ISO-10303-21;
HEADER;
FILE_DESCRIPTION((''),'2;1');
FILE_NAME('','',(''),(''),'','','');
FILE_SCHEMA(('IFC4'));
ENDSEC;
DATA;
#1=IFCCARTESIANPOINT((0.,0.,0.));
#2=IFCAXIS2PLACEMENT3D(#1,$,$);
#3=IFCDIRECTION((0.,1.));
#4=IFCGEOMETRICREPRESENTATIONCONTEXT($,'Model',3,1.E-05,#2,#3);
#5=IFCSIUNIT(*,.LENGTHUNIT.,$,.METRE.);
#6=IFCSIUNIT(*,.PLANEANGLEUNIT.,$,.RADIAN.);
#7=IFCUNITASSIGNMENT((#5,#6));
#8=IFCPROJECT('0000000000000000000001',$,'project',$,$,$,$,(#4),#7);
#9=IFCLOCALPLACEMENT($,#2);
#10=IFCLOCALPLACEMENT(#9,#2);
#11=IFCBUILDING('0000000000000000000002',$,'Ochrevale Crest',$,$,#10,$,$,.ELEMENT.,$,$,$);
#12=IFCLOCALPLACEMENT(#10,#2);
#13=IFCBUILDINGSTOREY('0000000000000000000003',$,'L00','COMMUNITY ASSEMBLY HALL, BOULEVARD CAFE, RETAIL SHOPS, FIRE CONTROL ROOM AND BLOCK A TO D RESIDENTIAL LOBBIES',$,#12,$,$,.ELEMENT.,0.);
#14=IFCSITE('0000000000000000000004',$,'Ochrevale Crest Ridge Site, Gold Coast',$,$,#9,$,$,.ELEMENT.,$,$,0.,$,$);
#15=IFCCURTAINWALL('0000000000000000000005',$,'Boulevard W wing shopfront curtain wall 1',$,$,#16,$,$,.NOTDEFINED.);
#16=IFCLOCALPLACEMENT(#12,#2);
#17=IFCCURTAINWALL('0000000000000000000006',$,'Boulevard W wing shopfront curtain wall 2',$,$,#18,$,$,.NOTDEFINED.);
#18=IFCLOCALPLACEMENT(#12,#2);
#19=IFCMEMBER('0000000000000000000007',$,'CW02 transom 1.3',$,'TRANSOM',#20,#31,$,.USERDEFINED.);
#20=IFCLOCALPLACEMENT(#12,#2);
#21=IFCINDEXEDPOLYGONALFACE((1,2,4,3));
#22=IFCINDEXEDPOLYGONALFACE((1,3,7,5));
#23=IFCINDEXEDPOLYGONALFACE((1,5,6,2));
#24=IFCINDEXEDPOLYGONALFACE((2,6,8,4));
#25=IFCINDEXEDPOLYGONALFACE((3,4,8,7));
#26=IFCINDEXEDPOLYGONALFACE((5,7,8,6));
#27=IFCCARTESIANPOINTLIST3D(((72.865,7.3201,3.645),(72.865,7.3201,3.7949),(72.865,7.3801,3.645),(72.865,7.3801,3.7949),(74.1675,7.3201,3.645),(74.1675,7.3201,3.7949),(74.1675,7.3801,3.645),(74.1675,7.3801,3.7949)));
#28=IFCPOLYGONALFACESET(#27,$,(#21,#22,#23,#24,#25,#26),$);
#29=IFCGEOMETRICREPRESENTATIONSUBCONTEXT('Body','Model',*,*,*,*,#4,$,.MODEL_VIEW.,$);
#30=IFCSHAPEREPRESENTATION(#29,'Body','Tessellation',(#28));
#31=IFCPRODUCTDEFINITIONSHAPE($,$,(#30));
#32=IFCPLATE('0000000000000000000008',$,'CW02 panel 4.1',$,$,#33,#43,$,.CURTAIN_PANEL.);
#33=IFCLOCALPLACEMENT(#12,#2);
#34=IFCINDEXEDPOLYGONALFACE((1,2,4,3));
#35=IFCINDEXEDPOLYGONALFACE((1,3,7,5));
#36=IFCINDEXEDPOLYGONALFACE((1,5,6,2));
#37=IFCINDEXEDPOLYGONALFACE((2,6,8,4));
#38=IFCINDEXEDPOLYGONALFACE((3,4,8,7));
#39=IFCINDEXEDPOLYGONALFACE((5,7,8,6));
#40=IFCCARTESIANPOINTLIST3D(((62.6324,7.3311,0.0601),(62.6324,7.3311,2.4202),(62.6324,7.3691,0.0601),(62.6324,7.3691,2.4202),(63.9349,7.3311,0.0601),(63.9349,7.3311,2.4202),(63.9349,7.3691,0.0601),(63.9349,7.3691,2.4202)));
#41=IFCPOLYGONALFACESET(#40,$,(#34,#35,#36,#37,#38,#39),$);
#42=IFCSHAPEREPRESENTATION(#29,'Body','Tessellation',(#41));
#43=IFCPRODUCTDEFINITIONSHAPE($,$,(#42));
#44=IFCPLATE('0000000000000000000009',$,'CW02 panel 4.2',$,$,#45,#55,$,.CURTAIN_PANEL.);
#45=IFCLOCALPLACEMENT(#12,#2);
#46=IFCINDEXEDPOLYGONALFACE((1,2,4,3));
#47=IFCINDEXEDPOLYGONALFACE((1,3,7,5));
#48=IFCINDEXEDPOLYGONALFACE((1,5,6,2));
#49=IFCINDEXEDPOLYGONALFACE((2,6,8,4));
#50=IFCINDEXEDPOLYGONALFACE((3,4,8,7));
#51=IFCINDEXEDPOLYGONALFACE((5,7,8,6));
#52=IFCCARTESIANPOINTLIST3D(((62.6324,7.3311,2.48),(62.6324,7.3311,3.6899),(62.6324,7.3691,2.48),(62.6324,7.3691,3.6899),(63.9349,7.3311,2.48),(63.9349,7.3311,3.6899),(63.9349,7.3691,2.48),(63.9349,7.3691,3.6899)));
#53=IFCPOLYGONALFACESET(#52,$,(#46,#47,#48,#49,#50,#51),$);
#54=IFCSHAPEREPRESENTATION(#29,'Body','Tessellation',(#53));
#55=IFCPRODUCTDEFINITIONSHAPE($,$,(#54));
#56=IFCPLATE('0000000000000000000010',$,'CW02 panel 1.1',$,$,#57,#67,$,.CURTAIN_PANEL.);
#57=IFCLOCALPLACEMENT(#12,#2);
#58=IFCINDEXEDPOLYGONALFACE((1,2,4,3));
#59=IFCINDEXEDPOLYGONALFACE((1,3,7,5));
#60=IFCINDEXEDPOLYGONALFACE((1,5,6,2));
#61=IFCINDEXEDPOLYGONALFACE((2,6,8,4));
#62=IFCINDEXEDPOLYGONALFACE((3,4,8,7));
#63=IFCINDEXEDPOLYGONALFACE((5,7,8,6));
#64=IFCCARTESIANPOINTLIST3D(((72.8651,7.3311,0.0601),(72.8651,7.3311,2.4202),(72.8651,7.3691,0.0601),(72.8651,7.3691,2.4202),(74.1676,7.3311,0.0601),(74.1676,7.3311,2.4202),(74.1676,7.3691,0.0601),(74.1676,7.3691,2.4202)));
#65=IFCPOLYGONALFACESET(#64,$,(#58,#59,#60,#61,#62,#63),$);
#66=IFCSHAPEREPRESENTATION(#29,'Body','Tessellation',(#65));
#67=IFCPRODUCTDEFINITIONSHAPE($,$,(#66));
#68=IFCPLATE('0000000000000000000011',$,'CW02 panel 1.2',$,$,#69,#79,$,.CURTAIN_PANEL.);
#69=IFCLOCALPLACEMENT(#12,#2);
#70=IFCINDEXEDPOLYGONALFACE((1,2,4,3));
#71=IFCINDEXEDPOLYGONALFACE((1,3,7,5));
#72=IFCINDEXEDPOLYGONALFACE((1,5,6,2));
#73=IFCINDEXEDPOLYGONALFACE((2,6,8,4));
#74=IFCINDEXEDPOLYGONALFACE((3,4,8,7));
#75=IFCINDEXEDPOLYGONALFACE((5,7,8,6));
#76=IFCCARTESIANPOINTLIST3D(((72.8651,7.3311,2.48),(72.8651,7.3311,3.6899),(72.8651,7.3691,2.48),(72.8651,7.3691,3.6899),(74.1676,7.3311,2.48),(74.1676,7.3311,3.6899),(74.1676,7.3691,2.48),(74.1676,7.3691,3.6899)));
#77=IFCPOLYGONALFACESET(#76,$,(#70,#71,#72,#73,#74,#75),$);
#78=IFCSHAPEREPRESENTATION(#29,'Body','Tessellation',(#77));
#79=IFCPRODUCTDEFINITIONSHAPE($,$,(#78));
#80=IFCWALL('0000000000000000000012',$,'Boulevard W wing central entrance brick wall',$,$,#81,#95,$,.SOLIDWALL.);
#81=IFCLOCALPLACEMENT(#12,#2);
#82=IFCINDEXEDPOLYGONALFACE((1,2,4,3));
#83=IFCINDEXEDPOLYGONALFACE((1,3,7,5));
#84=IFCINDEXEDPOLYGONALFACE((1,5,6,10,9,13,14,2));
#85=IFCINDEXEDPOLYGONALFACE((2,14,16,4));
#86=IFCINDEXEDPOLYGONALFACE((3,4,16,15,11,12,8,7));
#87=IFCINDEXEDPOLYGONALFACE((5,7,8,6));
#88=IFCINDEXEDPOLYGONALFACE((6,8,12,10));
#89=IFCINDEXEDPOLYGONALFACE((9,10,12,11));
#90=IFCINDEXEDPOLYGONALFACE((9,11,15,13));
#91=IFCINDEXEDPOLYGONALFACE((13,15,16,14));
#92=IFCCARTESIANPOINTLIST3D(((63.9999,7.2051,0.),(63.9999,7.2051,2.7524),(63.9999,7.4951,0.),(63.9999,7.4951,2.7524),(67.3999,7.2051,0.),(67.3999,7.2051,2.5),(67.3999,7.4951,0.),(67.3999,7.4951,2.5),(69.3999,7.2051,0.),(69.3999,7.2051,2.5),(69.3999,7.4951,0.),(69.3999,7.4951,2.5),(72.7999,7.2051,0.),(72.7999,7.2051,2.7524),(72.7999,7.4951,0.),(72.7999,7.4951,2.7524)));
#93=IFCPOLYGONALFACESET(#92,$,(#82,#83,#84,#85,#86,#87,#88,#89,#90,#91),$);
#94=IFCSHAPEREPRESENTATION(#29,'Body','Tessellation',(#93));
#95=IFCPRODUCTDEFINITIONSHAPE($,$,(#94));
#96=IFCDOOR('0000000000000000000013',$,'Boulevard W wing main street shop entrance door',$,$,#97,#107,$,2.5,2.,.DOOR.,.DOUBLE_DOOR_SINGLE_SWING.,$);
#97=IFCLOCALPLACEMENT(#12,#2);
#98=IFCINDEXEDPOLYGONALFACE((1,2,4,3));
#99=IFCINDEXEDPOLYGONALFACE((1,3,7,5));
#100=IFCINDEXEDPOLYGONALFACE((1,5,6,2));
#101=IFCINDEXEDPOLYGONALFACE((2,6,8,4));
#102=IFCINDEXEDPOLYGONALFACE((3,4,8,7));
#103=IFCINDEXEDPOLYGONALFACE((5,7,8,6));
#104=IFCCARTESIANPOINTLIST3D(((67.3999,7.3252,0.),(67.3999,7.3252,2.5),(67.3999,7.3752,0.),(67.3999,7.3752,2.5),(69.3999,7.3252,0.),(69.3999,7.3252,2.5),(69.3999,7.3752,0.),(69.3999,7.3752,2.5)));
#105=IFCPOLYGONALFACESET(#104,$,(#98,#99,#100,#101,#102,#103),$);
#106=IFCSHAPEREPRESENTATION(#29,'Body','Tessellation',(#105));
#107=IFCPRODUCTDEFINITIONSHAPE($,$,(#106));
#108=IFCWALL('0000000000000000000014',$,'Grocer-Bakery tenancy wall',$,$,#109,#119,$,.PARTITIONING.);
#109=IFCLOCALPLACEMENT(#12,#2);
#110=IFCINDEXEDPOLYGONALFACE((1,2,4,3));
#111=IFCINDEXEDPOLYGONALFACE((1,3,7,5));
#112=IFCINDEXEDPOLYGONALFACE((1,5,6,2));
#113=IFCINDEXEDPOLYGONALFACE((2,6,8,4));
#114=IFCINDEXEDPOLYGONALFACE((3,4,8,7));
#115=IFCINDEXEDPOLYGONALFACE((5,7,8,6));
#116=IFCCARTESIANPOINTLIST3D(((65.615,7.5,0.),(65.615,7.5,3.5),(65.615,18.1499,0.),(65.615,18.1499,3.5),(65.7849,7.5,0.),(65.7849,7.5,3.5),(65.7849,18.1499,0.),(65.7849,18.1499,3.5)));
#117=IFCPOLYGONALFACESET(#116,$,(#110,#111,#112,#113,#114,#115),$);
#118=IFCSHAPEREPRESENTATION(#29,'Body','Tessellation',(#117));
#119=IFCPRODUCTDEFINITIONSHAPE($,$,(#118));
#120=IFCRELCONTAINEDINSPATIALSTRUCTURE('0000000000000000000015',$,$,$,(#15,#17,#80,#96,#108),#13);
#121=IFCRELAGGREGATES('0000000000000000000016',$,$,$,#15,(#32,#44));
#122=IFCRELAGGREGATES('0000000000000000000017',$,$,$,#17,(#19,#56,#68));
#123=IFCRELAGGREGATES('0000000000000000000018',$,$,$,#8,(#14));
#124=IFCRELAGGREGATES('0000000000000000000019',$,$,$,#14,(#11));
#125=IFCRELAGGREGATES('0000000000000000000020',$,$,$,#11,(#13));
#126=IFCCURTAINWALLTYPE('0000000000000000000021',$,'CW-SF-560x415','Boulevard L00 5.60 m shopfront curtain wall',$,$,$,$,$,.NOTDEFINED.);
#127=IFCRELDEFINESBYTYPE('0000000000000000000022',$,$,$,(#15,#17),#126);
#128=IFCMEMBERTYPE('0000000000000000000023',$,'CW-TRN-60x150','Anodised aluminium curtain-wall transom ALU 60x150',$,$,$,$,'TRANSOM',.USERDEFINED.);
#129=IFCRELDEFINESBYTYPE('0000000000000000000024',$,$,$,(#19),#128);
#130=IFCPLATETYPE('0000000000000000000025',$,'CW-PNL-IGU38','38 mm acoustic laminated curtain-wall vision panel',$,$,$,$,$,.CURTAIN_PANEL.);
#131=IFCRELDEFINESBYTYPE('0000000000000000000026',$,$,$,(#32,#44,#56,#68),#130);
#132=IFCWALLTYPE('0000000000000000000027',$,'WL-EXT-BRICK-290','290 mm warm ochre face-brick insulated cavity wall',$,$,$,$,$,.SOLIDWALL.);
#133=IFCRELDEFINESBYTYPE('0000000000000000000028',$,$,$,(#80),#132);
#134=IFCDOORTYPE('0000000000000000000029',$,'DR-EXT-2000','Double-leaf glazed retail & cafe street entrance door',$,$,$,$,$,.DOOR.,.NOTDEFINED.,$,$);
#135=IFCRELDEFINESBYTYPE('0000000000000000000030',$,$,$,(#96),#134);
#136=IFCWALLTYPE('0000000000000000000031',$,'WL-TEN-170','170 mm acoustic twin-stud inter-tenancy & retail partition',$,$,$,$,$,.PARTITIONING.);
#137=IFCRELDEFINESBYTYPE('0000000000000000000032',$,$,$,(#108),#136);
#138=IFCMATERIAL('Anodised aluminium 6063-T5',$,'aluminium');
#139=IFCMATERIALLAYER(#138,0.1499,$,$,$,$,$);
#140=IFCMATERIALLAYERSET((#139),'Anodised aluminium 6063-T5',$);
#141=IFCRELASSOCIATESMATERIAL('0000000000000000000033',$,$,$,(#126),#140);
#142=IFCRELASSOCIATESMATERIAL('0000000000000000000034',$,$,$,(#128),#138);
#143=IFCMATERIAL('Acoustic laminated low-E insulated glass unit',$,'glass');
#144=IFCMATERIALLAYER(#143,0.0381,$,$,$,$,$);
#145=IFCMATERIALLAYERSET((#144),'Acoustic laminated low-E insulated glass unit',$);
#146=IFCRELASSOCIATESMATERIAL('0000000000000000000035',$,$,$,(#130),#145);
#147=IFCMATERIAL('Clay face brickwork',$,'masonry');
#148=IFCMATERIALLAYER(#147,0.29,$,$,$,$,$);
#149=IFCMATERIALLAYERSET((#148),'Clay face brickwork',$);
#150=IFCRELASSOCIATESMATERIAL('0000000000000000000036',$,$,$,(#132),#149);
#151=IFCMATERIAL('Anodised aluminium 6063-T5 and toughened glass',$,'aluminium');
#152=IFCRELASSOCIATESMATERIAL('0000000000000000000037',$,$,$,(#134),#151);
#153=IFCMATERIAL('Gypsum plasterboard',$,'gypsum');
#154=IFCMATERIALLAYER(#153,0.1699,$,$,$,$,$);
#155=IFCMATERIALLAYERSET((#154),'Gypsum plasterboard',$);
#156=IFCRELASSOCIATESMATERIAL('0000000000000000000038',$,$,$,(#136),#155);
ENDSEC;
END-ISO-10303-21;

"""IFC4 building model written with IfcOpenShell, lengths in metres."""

from ifc_helpers import new_model, si_unit, direction, frame, frame_2d, origin, origin_2d, place, context, subcontext, project, spatial, rectangle, extrude, material, layer, layer_set, material_profile, profile_set, type_object, element, fill, aggregate, save


model = new_model("IFC4")

# Units and contexts
model_context = context("Model", 3, precision=1e-05, world=origin(), true_north=direction((0.0, 1.0)))
body_context = subcontext(model_context, "Body", "Model", "MODEL_VIEW")
ifc_project = project(units=[si_unit("LENGTHUNIT", "METRE"), si_unit("PLANEANGLEUNIT", "RADIAN")], contexts=[model_context])

# Site, building, storey
site_placement = place(None, origin())
site = spatial("IfcSite", under=ifc_project, at=site_placement, Name="Ochrevale Crest Ridge Site, Gold Coast", CompositionType="ELEMENT", RefElevation=0.0)
building_placement = place(site_placement, origin())
building = spatial("IfcBuilding", under=site, at=building_placement, Name="Ochrevale Crest", CompositionType="ELEMENT")
storey_placement = place(building_placement, origin())
storey = spatial("IfcBuildingStorey", under=building, at=storey_placement, Name="L00", Description="COMMUNITY ASSEMBLY HALL, BOULEVARD CAFE, RETAIL SHOPS, FIRE CONTROL ROOM AND BLOCK A TO D RESIDENTIAL LOBBIES", CompositionType="ELEMENT", Elevation=0.0)

# Curtain wall
ifc_material_1 = material(Name="Anodised aluminium 6063-T5", Category="aluminium")
ifc_layer_1 = layer(ifc_material_1, 0.1499)
ifc_layer_set_1 = layer_set([ifc_layer_1], Name="Anodised aluminium 6063-T5")
curtain_wall_type = type_object("IfcCurtainWallType", Name="CW-SF-560x415", Description="Boulevard L00 5.60 m shopfront curtain wall", PredefinedType="NOTDEFINED", material=ifc_layer_set_1)
curtain_wall_1_placement = place(storey_placement, origin())
curtain_wall_1 = element("IfcCurtainWall", 1, at=curtain_wall_1_placement, inside=storey, type_object=curtain_wall_type, Name="Boulevard W wing shopfront curtain wall 1", PredefinedType="NOTDEFINED")

# Curtain wall
curtain_wall_2_placement = place(storey_placement, origin())
curtain_wall_2 = element("IfcCurtainWall", 2, at=curtain_wall_2_placement, inside=storey, type_object=curtain_wall_type, Name="Boulevard W wing shopfront curtain wall 2", PredefinedType="NOTDEFINED")

# Member
ifc_material_profile_1 = material_profile(ifc_material_1, rectangle(XDim=0.0601, YDim=0.1499, at=origin_2d()), Name="ALU 60x150")
ifc_profile_set_1 = profile_set([ifc_material_profile_1], Name="Anodised aluminium 6063-T5")
member_type_1 = type_object("IfcMemberType", Name="CW-TRN-60x150", Description="Anodised aluminium curtain-wall transom ALU 60x150", ElementType="TRANSOM", PredefinedType="USERDEFINED", material=ifc_profile_set_1)
member_1_placement = place(storey_placement, frame((72.865, 7.3501, 3.72), z_axis=(1.0, 0.0, 0.0), x_axis=(0.0, 1.0, 0.0)))
member_1 = element("IfcMember", 3, at=member_1_placement, type_object=member_type_1, Name="CW02 transom 1.3", ObjectType="TRANSOM", PredefinedType="USERDEFINED", context=body_context, shape_type="SweptSolid", body=[
    extrude(rectangle(XDim=0.0601, YDim=0.1499, at=origin_2d()), origin(), (0.0, 0.0, 1.0), 1.3025),
])

# Plates
ifc_material_2 = material(Name="Acoustic laminated low-E insulated glass unit", Category="glass")
ifc_layer_2 = layer(ifc_material_2, 0.0381)
ifc_layer_set_2 = layer_set([ifc_layer_2], Name="Acoustic laminated low-E insulated glass unit")
plate_type = type_object("IfcPlateType", Name="CW-PNL-IGU38", Description="38 mm acoustic laminated curtain-wall vision panel", PredefinedType="CURTAIN_PANEL", material=ifc_layer_set_2)
plate_1_placement = place(storey_placement, frame((63.2837, 7.3501, 0.0601), z_axis=(0.0, 0.0, 1.0), x_axis=(1.0, 0.0, 0.0)))
plate_1 = element("IfcPlate", 4, at=plate_1_placement, type_object=plate_type, Name="CW02 panel 4.1", PredefinedType="CURTAIN_PANEL", context=body_context, shape_type="SweptSolid", body=[
    extrude(rectangle(XDim=1.3025, YDim=0.0381, at=origin_2d()), origin(), (0.0, 0.0, 1.0), 2.3601),
])
plate_2_placement = place(storey_placement, frame((63.2837, 7.3501, 2.48), z_axis=(0.0, 0.0, 1.0), x_axis=(1.0, 0.0, 0.0)))
plate_2 = element("IfcPlate", 5, at=plate_2_placement, type_object=plate_type, Name="CW02 panel 4.2", PredefinedType="CURTAIN_PANEL", context=body_context, shape_type="SweptSolid", body=[
    extrude(rectangle(XDim=1.3025, YDim=0.0381, at=origin_2d()), origin(), (0.0, 0.0, 1.0), 1.21),
])
aggregate(curtain_wall_1, [plate_1, plate_2])
plate_3_placement = place(storey_placement, frame((73.5164, 7.3501, 0.0601), z_axis=(0.0, 0.0, 1.0), x_axis=(1.0, 0.0, 0.0)))
plate_3 = element("IfcPlate", 6, at=plate_3_placement, type_object=plate_type, Name="CW02 panel 1.1", PredefinedType="CURTAIN_PANEL", context=body_context, shape_type="SweptSolid", body=[
    extrude(rectangle(XDim=1.3025, YDim=0.0381, at=origin_2d()), origin(), (0.0, 0.0, 1.0), 2.3601),
])
plate_4_placement = place(storey_placement, frame((73.5164, 7.3501, 2.48), z_axis=(0.0, 0.0, 1.0), x_axis=(1.0, 0.0, 0.0)))
plate_4 = element("IfcPlate", 7, at=plate_4_placement, type_object=plate_type, Name="CW02 panel 1.2", PredefinedType="CURTAIN_PANEL", context=body_context, shape_type="SweptSolid", body=[
    extrude(rectangle(XDim=1.3025, YDim=0.0381, at=origin_2d()), origin(), (0.0, 0.0, 1.0), 1.21),
])
aggregate(curtain_wall_2, [member_1, plate_3, plate_4])

# Wall, opening, door
ifc_material_3 = material(Name="Clay face brickwork", Category="masonry")
ifc_layer_3 = layer(ifc_material_3, 0.29)
ifc_layer_set_3 = layer_set([ifc_layer_3], Name="Clay face brickwork")
wall_type_1 = type_object("IfcWallType", Name="WL-EXT-BRICK-290", Description="290 mm warm ochre face-brick insulated cavity wall", PredefinedType="SOLIDWALL", material=ifc_layer_set_3)
wall_1_placement = place(storey_placement, frame((64.0, 7.3501, 0.0), z_axis=(0.0, 0.0, 1.0), x_axis=(1.0, 0.0, 0.0)))
wall_1 = element("IfcWall", 8, at=wall_1_placement, inside=storey, type_object=wall_type_1, Name="Boulevard W wing central entrance brick wall", PredefinedType="SOLIDWALL", context=body_context, shape_type="SweptSolid", body=[
    extrude(rectangle(XDim=8.8, YDim=0.29, at=frame_2d((4.3999, 0.0))), origin(), (0.0, 0.0, 1.0), 2.7524),
])
opening_placement = place(wall_1_placement, frame((5.3999, 0.0, 0.0), z_axis=(0.0, 0.0, 1.0), x_axis=(-1.0, 0.0, 0.0)))
opening = element("IfcOpeningElement", 9, at=opening_placement, cuts=wall_1, PredefinedType="OPENING", context=body_context, shape_type="SweptSolid", body=[
    extrude(rectangle(XDim=2.0, YDim=2.5, at=frame_2d((1.0, 1.25))), frame((0.0, 0.155, 0.0), z_axis=(0.0, -1.0, 0.0), x_axis=(1.0, 0.0, 0.0)), (0.0, 0.0, 1.0), 0.3101),
])
ifc_material_4 = material(Name="Anodised aluminium 6063-T5 and toughened glass", Category="aluminium")
door_type = type_object("IfcDoorType", Name="DR-EXT-2000", Description="Double-leaf glazed retail & cafe street entrance door", OperationType="NOTDEFINED", PredefinedType="DOOR", material=ifc_material_4)
door_placement = place(opening_placement, origin())
door = element("IfcDoor", 10, at=door_placement, inside=storey, type_object=door_type, Name="Boulevard W wing main street shop entrance door", OperationType="DOUBLE_DOOR_SINGLE_SWING", OverallHeight=2.5, OverallWidth=2.0, PredefinedType="DOOR", context=body_context, shape_type="SweptSolid", body=[
    extrude(rectangle(XDim=2.0, YDim=2.5, at=frame_2d((1.0, 1.25))), frame((0.0, 0.0249, 0.0), z_axis=(0.0, -1.0, 0.0), x_axis=(1.0, 0.0, 0.0)), (0.0, 0.0, 1.0), 0.05),
])
fill(opening, door)

# Wall
ifc_material_5 = material(Name="Gypsum plasterboard", Category="gypsum")
ifc_layer_4 = layer(ifc_material_5, 0.1699)
ifc_layer_set_4 = layer_set([ifc_layer_4], Name="Gypsum plasterboard")
wall_type_2 = type_object("IfcWallType", Name="WL-TEN-170", Description="170 mm acoustic twin-stud inter-tenancy & retail partition", PredefinedType="PARTITIONING", material=ifc_layer_set_4)
wall_2_placement = place(storey_placement, frame((65.7, 7.5, 0.0), z_axis=(0.0, 0.0, 1.0), x_axis=(0.0, 1.0, 0.0)))
element("IfcWall", 11, at=wall_2_placement, inside=storey, type_object=wall_type_2, Name="Grocer-Bakery tenancy wall", PredefinedType="PARTITIONING", context=body_context, shape_type="SweptSolid", body=[
    extrude(rectangle(XDim=10.6499, YDim=0.1699, at=frame_2d((5.325, 0.0))), origin(), (0.0, 0.0, 1.0), 3.5),
])

save(model, "model.ifc")
